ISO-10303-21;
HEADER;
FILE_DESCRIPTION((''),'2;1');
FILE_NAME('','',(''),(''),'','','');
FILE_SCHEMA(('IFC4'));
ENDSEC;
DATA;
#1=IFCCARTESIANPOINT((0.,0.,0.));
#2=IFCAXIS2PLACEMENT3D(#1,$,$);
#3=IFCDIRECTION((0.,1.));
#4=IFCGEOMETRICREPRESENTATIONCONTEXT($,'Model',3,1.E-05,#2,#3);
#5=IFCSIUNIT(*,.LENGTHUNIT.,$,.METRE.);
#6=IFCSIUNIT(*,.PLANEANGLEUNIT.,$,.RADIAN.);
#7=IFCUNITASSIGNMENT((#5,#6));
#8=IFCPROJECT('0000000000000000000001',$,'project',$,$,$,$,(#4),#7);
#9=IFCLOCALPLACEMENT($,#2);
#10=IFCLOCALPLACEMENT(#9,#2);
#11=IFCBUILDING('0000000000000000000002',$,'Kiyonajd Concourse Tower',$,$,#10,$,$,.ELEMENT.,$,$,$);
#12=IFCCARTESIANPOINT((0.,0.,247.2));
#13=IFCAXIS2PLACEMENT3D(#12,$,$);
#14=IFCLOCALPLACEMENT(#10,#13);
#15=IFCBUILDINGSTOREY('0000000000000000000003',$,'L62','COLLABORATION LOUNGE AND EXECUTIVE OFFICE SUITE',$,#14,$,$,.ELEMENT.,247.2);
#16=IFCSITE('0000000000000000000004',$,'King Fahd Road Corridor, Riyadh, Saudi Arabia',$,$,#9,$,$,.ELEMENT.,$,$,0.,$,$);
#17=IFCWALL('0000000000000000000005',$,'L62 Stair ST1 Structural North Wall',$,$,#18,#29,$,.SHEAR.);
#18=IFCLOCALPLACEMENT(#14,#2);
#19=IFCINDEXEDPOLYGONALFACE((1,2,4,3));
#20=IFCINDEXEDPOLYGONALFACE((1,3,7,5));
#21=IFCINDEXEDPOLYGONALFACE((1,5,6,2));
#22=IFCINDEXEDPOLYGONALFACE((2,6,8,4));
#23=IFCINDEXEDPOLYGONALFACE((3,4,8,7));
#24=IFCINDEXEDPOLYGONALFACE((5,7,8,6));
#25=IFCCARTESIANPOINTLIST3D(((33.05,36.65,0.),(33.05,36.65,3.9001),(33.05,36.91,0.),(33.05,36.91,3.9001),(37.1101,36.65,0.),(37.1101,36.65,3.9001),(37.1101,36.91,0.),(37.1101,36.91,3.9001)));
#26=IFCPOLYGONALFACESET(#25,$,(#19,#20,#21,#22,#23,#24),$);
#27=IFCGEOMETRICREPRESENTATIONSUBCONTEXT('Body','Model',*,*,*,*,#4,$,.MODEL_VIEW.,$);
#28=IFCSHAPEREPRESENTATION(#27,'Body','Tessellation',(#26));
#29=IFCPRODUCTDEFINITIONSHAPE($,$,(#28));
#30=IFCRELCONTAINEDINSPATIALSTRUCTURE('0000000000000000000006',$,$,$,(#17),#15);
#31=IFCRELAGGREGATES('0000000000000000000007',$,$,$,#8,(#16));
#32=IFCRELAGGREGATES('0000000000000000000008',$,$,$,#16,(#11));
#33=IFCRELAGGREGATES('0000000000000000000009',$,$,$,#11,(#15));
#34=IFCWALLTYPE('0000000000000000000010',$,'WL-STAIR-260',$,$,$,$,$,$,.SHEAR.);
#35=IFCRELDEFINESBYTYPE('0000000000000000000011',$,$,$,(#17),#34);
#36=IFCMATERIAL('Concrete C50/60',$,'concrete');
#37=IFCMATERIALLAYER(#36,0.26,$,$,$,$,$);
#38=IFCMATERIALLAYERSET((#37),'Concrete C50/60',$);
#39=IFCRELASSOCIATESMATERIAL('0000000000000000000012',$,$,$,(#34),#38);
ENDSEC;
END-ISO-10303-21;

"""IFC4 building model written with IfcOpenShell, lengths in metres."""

from ifc_helpers import new_model, si_unit, direction, frame, frame_2d, origin, place, context, subcontext, project, spatial, rectangle, extrude, material, layer, layer_set, type_object, element, save


model = new_model("IFC4")

# Units and contexts
model_context = context("Model", 3, precision=1e-05, world=origin(), true_north=direction((0.0, 1.0)))
body_context = subcontext(model_context, "Body", "Model", "MODEL_VIEW")
ifc_project = project(units=[si_unit("LENGTHUNIT", "METRE"), si_unit("PLANEANGLEUNIT", "RADIAN")], contexts=[model_context])

# Site, building, storey
site_placement = place(None, origin())
site = spatial("IfcSite", under=ifc_project, at=site_placement, Name="King Fahd Road Corridor, Riyadh, Saudi Arabia", CompositionType="ELEMENT", RefElevation=0.0)
building_placement = place(site_placement, origin())
building = spatial("IfcBuilding", under=site, at=building_placement, Name="Kiyonajd Concourse Tower", CompositionType="ELEMENT")
storey_placement = place(building_placement, frame((0.0, 0.0, 247.2)))
storey = spatial("IfcBuildingStorey", under=building, at=storey_placement, Name="L62", Description="COLLABORATION LOUNGE AND EXECUTIVE OFFICE SUITE", CompositionType="ELEMENT", Elevation=247.2)

# Wall
ifc_material_1 = material(Name="Concrete C50/60", Category="concrete")
ifc_layer_1 = layer(ifc_material_1, 0.26)
ifc_layer_set_1 = layer_set([ifc_layer_1], Name="Concrete C50/60")
wall_type_1 = type_object("IfcWallType", Name="WL-STAIR-260", PredefinedType="SHEAR", material=ifc_layer_set_1)
wall_1_placement = place(storey_placement, frame((33.05, 36.78, 0.0), z_axis=(0.0, 0.0, 1.0), x_axis=(1.0, 0.0, 0.0)))
element("IfcWall", 1, at=wall_1_placement, inside=storey, type_object=wall_type_1, Name="L62 Stair ST1 Structural North Wall", PredefinedType="SHEAR", context=body_context, shape_type="SweptSolid", body=[
    extrude(rectangle(XDim=4.0601, YDim=0.26, at=frame_2d((2.03, 0.0))), origin(), (0.0, 0.0, 1.0), 3.9001),
])

save(model, "model.ifc")
